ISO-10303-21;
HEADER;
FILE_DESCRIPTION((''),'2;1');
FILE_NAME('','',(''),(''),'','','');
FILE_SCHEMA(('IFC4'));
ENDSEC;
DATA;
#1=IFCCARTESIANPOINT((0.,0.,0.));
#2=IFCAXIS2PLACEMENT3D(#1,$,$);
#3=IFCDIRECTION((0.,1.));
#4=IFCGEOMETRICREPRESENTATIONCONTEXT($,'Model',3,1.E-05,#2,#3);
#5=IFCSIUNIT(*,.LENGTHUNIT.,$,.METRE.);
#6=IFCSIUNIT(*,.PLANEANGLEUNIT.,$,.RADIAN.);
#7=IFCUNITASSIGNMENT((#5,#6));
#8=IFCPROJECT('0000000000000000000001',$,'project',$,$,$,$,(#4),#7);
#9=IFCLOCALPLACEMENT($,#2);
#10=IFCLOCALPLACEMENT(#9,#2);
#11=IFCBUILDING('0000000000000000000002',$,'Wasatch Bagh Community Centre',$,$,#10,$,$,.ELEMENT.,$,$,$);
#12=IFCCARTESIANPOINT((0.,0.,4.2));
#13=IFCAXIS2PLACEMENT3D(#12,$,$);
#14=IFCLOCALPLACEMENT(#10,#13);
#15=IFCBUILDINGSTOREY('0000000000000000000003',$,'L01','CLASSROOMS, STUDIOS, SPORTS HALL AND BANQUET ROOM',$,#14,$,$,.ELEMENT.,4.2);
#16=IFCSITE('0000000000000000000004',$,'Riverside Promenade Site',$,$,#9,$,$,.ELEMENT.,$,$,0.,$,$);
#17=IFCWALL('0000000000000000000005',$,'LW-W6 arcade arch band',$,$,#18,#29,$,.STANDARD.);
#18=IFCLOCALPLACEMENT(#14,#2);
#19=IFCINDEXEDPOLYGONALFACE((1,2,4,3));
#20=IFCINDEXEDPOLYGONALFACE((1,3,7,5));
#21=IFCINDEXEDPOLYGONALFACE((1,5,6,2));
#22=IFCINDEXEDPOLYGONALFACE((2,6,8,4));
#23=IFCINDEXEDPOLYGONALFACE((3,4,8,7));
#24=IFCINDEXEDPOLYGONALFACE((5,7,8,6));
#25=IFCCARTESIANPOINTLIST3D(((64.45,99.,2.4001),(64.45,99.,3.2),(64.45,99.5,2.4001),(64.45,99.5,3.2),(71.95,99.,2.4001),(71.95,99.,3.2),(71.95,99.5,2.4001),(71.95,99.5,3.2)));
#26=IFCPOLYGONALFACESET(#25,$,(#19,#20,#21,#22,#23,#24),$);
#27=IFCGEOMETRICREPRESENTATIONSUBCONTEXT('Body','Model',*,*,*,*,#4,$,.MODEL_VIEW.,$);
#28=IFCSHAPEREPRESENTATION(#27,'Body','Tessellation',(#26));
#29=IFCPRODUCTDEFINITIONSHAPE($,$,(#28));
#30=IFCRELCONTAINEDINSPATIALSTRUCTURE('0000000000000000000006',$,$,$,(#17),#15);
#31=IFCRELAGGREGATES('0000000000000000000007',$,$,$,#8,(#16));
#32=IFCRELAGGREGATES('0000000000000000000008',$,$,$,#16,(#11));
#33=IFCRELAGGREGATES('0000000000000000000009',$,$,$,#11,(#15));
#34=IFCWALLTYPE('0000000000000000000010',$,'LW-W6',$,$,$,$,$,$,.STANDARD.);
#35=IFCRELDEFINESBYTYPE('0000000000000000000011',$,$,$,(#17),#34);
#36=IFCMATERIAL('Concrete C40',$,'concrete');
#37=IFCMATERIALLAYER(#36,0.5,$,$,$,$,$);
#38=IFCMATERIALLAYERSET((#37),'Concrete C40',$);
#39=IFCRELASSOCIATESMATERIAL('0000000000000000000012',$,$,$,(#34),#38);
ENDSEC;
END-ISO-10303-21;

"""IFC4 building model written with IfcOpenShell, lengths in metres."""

from ifc_helpers import new_model, si_unit, direction, frame, frame_2d, origin, place, context, subcontext, project, spatial, rectangle, extrude, material, layer, layer_set, type_object, element, save


model = new_model("IFC4")

# Units and contexts
model_context = context("Model", 3, precision=1e-05, world=origin(), true_north=direction((0.0, 1.0)))
body_context = subcontext(model_context, "Body", "Model", "MODEL_VIEW")
ifc_project = project(units=[si_unit("LENGTHUNIT", "METRE"), si_unit("PLANEANGLEUNIT", "RADIAN")], contexts=[model_context])

# Site, building, storey
site_placement = place(None, origin())
site = spatial("IfcSite", under=ifc_project, at=site_placement, Name="Riverside Promenade Site", CompositionType="ELEMENT", RefElevation=0.0)
building_placement = place(site_placement, origin())
building = spatial("IfcBuilding", under=site, at=building_placement, Name="Wasatch Bagh Community Centre", CompositionType="ELEMENT")
storey_placement = place(building_placement, frame((0.0, 0.0, 4.2)))
storey = spatial("IfcBuildingStorey", under=building, at=storey_placement, Name="L01", Description="CLASSROOMS, STUDIOS, SPORTS HALL AND BANQUET ROOM", CompositionType="ELEMENT", Elevation=4.2)

# Shared definitions
ifc_material_1 = material(Name="Concrete C40", Category="concrete")

# Wall
ifc_layer_1 = layer(ifc_material_1, 0.5)
ifc_layer_set_1 = layer_set([ifc_layer_1], Name="Concrete C40")
wall_type = type_object("IfcWallType", Name="LW-W6", PredefinedType="STANDARD", material=ifc_layer_set_1)
wall_1_placement = place(storey_placement, frame((64.45, 99.25, 2.4001), z_axis=(0.0, 0.0, 1.0), x_axis=(1.0, 0.0, 0.0)))
element("IfcWall", 1, at=wall_1_placement, inside=storey, type_object=wall_type, Name="LW-W6 arcade arch band", PredefinedType="STANDARD", context=body_context, shape_type="SweptSolid", body=[
    extrude(rectangle(XDim=7.5, YDim=0.5, at=frame_2d((3.75, 0.0))), origin(), (0.0, 0.0, 1.0), 0.7998),
])

save(model, "model.ifc")
